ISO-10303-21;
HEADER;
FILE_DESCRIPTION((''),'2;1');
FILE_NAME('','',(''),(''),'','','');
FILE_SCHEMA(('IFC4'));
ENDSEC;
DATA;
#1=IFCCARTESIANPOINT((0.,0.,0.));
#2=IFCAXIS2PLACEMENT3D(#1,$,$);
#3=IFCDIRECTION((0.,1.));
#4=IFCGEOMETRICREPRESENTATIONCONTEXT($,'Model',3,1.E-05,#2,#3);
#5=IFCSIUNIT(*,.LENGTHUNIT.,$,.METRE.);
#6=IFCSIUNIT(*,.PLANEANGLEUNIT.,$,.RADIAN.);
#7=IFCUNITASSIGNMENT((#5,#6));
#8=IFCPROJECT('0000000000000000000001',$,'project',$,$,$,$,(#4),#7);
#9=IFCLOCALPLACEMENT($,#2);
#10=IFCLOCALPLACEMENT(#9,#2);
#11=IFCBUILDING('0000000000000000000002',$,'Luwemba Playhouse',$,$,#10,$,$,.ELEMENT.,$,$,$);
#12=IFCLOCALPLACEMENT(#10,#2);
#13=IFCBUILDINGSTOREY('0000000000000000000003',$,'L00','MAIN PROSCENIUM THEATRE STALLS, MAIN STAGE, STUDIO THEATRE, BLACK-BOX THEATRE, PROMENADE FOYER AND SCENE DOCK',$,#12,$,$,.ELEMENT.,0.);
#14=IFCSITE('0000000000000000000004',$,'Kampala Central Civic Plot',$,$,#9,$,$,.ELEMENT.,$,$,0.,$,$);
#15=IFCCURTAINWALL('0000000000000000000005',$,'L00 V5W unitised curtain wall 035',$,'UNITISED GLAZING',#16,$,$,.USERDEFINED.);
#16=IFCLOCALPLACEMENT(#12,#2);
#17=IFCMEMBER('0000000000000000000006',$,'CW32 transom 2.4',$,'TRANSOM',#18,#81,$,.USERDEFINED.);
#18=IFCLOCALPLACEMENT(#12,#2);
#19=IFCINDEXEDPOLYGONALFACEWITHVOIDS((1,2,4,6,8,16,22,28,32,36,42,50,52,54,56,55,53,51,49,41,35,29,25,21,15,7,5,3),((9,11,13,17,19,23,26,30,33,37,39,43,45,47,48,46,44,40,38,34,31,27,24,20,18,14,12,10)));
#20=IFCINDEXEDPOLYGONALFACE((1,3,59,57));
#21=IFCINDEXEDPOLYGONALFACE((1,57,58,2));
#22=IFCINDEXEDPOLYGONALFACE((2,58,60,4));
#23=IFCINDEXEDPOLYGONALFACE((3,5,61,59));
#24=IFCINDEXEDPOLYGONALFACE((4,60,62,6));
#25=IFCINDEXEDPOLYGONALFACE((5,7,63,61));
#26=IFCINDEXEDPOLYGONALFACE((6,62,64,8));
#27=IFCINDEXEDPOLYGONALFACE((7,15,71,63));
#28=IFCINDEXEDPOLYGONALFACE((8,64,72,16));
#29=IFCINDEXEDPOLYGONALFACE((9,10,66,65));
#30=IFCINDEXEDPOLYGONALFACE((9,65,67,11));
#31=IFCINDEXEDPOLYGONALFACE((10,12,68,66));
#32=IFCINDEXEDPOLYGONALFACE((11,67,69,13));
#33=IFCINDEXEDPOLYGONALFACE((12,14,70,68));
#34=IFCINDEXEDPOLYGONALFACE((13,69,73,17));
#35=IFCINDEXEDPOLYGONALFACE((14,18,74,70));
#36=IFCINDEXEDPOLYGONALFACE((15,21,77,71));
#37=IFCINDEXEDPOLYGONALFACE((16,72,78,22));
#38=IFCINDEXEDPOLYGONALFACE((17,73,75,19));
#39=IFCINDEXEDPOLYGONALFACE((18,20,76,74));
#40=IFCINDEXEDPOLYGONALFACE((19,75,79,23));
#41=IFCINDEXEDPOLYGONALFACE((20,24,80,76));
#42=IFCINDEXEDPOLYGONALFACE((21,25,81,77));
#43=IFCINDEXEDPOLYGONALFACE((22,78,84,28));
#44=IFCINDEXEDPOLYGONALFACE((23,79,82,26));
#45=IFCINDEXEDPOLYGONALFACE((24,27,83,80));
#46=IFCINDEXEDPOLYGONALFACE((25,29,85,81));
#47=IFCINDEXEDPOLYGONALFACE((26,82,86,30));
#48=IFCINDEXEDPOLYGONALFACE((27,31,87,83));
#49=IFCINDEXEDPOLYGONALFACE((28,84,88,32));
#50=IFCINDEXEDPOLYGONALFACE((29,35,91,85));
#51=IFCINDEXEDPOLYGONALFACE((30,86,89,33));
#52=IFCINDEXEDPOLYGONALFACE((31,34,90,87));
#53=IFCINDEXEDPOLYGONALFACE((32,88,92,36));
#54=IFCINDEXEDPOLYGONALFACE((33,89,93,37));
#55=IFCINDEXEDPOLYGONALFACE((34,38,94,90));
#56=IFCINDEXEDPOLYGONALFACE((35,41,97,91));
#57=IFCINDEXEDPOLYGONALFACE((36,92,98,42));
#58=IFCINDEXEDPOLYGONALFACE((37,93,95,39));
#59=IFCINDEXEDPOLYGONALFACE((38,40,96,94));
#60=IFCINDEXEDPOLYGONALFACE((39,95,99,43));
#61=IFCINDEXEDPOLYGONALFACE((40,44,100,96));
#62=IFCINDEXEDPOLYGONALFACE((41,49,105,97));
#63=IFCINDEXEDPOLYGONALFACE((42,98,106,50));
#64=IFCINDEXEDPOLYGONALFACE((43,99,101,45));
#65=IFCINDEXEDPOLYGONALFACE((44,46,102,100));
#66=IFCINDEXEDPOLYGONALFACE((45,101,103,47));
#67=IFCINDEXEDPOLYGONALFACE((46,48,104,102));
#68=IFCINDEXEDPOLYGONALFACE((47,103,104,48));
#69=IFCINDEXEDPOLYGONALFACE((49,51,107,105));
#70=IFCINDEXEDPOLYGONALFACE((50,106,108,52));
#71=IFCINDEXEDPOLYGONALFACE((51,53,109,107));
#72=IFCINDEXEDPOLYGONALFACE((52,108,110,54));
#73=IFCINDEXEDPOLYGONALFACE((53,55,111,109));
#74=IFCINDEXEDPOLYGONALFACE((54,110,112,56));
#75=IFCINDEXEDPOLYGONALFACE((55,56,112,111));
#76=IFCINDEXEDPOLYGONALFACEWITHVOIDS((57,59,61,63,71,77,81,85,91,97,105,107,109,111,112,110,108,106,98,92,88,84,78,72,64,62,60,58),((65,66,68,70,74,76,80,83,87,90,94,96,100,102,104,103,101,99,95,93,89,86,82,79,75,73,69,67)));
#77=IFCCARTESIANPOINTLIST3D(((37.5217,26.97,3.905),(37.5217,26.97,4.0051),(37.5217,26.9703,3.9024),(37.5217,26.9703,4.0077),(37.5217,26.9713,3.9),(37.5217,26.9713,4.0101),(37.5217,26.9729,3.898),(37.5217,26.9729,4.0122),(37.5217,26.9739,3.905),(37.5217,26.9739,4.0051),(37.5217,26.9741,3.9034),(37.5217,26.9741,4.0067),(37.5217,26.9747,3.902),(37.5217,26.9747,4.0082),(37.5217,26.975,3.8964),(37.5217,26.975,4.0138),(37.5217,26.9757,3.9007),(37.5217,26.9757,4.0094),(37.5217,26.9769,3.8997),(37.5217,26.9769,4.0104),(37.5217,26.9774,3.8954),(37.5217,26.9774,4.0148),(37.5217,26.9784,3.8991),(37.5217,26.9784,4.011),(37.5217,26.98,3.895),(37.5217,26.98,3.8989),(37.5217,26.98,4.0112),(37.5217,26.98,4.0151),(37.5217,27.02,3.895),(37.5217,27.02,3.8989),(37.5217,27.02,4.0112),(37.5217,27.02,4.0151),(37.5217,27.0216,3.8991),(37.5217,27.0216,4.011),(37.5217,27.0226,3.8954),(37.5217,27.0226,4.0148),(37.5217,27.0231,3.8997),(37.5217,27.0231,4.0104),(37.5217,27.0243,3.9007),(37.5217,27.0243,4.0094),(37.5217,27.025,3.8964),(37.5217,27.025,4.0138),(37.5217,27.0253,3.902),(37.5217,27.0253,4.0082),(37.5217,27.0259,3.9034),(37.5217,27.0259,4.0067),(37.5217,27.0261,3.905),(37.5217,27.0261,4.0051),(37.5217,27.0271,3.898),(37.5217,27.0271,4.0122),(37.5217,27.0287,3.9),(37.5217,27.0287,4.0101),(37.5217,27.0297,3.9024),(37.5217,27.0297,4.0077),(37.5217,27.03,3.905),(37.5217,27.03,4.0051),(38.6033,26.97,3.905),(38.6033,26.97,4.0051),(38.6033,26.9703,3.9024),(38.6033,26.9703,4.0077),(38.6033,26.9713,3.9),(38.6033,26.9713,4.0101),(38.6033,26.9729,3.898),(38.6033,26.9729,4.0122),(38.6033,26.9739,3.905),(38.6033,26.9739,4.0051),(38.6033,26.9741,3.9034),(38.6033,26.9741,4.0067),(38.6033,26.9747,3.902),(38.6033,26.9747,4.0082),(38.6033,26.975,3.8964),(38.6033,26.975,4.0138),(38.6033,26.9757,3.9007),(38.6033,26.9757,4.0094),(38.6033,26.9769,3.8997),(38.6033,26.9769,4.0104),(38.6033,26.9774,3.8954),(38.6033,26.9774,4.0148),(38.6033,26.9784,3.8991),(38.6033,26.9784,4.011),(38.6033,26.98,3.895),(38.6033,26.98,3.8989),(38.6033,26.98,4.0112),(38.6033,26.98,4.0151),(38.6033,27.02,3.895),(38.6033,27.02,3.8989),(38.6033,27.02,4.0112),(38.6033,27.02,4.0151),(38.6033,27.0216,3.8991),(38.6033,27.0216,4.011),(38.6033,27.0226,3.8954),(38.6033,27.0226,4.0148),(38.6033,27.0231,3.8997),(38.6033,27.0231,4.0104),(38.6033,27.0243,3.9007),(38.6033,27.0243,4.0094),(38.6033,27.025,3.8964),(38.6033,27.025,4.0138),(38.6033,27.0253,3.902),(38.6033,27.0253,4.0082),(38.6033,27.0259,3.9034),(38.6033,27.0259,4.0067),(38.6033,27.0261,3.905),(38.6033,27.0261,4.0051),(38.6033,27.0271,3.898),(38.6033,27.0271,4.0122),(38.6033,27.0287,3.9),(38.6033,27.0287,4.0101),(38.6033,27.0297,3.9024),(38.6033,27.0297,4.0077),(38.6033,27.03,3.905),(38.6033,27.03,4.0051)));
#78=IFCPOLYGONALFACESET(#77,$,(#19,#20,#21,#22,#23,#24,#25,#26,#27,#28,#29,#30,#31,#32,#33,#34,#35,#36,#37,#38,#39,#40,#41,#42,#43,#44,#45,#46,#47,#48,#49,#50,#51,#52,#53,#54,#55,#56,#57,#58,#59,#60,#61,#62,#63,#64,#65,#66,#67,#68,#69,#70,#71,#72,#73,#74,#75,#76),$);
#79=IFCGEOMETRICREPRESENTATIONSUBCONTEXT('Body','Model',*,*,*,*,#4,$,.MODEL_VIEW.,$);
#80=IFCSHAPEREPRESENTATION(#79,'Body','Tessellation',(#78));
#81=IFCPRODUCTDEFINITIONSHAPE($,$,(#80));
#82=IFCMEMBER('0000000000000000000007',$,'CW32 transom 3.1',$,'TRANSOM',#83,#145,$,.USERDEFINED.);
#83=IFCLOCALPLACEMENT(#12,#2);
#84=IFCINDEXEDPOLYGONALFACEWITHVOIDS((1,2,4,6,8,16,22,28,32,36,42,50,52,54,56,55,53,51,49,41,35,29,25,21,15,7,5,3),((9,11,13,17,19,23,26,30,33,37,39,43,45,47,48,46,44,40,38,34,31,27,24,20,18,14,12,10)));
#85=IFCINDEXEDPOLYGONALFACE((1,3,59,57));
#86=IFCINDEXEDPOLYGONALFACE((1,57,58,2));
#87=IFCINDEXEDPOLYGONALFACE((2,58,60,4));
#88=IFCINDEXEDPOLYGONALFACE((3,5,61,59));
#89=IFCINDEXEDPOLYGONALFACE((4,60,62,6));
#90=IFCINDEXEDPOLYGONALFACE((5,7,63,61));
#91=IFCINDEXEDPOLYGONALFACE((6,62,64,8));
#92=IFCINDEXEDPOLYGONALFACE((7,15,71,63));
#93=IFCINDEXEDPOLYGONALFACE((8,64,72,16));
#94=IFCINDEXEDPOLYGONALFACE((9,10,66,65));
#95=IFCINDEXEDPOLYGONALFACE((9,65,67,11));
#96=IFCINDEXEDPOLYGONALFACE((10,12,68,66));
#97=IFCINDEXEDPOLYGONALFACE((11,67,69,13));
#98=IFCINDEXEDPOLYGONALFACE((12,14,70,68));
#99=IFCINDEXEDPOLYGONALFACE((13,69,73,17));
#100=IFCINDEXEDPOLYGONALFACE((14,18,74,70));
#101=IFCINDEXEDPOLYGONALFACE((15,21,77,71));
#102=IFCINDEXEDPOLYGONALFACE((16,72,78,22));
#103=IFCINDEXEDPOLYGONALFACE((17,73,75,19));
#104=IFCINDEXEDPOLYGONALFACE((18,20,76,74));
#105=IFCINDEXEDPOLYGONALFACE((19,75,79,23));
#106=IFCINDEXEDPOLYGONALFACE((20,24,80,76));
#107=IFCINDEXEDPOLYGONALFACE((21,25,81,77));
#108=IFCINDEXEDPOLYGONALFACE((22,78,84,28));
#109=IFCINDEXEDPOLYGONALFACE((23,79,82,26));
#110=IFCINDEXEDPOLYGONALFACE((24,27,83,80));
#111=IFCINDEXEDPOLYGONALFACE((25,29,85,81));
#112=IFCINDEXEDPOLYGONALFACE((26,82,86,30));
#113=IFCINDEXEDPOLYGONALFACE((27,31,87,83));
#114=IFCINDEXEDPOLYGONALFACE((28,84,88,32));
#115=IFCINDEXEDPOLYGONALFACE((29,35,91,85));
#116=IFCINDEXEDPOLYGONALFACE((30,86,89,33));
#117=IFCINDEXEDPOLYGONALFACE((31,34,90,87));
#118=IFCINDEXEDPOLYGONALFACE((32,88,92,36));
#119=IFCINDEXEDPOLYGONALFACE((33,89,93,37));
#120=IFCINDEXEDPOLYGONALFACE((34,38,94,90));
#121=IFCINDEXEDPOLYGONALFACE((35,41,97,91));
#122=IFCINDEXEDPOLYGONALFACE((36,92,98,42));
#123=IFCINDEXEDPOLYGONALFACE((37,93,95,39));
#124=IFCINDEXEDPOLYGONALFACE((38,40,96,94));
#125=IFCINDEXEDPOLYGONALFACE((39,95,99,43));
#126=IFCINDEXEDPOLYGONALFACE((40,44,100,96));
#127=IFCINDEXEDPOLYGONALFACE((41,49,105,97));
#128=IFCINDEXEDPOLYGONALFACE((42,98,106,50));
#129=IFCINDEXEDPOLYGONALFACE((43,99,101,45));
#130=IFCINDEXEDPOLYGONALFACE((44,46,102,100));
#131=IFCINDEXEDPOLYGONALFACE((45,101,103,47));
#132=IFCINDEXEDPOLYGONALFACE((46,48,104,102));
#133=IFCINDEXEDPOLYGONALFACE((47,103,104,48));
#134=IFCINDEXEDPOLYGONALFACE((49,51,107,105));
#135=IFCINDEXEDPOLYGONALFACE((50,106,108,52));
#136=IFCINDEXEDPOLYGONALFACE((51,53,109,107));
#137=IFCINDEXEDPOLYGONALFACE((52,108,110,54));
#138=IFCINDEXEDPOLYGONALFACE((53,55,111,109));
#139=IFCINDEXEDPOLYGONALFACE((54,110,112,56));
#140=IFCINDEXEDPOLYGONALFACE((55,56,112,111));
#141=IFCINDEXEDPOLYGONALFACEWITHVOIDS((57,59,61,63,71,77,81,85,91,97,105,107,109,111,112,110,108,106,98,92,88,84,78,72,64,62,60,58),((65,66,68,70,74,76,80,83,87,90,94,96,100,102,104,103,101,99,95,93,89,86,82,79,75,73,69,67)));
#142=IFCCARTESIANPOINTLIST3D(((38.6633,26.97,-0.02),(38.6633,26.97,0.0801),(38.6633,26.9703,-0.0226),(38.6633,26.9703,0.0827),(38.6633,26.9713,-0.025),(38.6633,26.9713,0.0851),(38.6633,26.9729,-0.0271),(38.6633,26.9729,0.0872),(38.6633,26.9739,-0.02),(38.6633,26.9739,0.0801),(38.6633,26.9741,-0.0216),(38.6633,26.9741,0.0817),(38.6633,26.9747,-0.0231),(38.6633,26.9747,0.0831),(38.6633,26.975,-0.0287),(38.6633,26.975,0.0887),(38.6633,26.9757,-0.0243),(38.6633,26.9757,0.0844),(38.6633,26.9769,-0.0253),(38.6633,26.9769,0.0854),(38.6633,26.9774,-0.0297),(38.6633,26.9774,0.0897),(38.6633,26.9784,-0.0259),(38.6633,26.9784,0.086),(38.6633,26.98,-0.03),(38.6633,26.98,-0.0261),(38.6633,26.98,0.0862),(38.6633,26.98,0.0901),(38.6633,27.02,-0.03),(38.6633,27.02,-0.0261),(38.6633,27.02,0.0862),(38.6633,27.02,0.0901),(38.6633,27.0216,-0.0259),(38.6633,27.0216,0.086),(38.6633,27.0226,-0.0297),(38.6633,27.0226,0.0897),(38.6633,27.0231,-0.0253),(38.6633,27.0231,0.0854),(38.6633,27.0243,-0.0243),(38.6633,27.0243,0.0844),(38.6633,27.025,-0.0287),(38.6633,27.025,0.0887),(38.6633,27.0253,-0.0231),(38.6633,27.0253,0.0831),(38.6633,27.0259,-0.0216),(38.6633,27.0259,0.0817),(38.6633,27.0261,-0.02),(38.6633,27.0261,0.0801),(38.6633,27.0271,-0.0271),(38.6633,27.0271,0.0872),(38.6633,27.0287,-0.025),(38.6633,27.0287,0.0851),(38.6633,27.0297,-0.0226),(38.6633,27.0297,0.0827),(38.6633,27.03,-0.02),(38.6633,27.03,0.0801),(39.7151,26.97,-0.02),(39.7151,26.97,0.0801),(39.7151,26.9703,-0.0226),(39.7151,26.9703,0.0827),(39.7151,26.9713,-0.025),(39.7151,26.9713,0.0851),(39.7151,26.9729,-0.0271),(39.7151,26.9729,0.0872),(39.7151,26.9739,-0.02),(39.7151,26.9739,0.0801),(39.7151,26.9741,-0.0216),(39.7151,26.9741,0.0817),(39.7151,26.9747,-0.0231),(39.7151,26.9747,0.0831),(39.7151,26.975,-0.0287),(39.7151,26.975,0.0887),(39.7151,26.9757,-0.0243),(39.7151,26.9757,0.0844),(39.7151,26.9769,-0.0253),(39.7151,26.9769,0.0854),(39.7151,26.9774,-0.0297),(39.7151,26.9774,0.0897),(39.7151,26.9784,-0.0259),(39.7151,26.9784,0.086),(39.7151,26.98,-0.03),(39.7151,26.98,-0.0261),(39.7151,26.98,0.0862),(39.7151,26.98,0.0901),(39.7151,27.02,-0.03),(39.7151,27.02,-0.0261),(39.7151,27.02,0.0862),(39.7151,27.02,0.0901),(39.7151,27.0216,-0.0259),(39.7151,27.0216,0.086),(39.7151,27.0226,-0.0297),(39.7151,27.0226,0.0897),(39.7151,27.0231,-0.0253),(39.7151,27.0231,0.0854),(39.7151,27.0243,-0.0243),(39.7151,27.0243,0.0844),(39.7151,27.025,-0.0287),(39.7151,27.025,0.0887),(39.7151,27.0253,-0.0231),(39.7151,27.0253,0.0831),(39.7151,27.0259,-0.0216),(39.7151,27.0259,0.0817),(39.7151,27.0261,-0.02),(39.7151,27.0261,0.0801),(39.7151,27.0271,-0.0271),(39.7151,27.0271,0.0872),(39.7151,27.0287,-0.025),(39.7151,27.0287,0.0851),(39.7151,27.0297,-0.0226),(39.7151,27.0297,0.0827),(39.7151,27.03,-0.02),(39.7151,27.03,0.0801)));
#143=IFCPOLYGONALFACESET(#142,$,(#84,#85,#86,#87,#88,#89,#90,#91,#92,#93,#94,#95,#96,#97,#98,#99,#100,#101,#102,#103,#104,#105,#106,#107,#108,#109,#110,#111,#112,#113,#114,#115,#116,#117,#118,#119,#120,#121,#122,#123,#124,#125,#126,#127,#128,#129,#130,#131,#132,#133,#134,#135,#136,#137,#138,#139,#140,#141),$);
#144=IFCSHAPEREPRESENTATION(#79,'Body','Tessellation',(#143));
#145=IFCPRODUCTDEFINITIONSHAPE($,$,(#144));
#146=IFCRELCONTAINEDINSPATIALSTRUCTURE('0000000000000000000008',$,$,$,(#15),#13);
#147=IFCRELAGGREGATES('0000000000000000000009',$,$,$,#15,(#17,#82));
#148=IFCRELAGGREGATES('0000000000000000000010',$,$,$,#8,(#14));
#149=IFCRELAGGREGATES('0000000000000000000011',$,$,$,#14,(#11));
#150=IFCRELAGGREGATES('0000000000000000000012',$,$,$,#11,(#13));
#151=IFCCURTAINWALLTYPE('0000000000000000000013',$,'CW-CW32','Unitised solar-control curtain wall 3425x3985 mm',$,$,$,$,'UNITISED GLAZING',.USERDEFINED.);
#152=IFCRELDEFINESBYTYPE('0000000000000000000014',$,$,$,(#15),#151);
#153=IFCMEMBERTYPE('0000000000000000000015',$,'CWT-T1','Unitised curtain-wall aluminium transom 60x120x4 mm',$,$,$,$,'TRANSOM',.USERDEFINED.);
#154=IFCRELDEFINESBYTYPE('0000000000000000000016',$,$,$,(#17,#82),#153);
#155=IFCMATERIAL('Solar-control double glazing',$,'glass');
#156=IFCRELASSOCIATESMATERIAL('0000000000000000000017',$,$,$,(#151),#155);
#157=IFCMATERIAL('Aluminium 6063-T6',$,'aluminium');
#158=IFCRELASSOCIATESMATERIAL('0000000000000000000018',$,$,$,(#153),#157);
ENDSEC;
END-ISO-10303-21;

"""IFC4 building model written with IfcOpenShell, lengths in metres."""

from ifc_helpers import new_model, si_unit, direction, frame, origin, origin_2d, place, context, subcontext, project, spatial, hollow_rectangle, extrude, material, material_profile, profile_set, type_object, element, aggregate, save


model = new_model("IFC4")

# Units and contexts
model_context = context("Model", 3, precision=1e-05, world=origin(), true_north=direction((0.0, 1.0)))
body_context = subcontext(model_context, "Body", "Model", "MODEL_VIEW")
ifc_project = project(units=[si_unit("LENGTHUNIT", "METRE"), si_unit("PLANEANGLEUNIT", "RADIAN")], contexts=[model_context])

# Site, building, storey
site_placement = place(None, origin())
site = spatial("IfcSite", under=ifc_project, at=site_placement, Name="Kampala Central Civic Plot", CompositionType="ELEMENT", RefElevation=0.0)
building_placement = place(site_placement, origin())
building = spatial("IfcBuilding", under=site, at=building_placement, Name="Luwemba Playhouse", CompositionType="ELEMENT")
storey_placement = place(building_placement, origin())
storey = spatial("IfcBuildingStorey", under=building, at=storey_placement, Name="L00", Description="MAIN PROSCENIUM THEATRE STALLS, MAIN STAGE, STUDIO THEATRE, BLACK-BOX THEATRE, PROMENADE FOYER AND SCENE DOCK", CompositionType="ELEMENT", Elevation=0.0)

# Curtain wall, members
ifc_material_1 = material(Name="Solar-control double glazing", Category="glass")
curtain_wall_type = type_object("IfcCurtainWallType", Name="CW-CW32", Description="Unitised solar-control curtain wall 3425x3985 mm", ElementType="UNITISED GLAZING", PredefinedType="USERDEFINED", material=ifc_material_1)
curtain_wall_placement = place(storey_placement, origin())
curtain_wall = element("IfcCurtainWall", 1, at=curtain_wall_placement, inside=storey, type_object=curtain_wall_type, Name="L00 V5W unitised curtain wall 035", ObjectType="UNITISED GLAZING", PredefinedType="USERDEFINED")
ifc_material_2 = material(Name="Aluminium 6063-T6", Category="aluminium")
ifc_material_profile_1 = material_profile(ifc_material_2, hollow_rectangle(XDim=0.0601, YDim=0.1201, WallThickness=0.0039, InnerFilletRadius=0.0061, OuterFilletRadius=0.01, at=origin_2d()))
ifc_profile_set_1 = profile_set([ifc_material_profile_1], Name="Aluminium 6063-T6")
member_type_1 = type_object("IfcMemberType", Name="CWT-T1", Description="Unitised curtain-wall aluminium transom 60x120x4 mm", ElementType="TRANSOM", PredefinedType="USERDEFINED", material=ifc_profile_set_1)
member_1_placement = place(storey_placement, frame((37.5217, 27.0, 3.9551), z_axis=(1.0, 0.0, 0.0), x_axis=(0.0, 1.0, 0.0)))
member_1 = element("IfcMember", 2, at=member_1_placement, type_object=member_type_1, Name="CW32 transom 2.4", ObjectType="TRANSOM", PredefinedType="USERDEFINED", context=body_context, shape_type="SweptSolid", body=[
    extrude(hollow_rectangle(XDim=0.0601, YDim=0.1201, WallThickness=0.0039, InnerFilletRadius=0.0061, OuterFilletRadius=0.01, at=origin_2d()), origin(), (0.0, 0.0, 1.0), 1.0815),
])
member_2_placement = place(storey_placement, frame((38.6633, 27.0, 0.03), z_axis=(1.0, 0.0, 0.0), x_axis=(0.0, 1.0, 0.0)))
member_2 = element("IfcMember", 3, at=member_2_placement, type_object=member_type_1, Name="CW32 transom 3.1", ObjectType="TRANSOM", PredefinedType="USERDEFINED", context=body_context, shape_type="SweptSolid", body=[
    extrude(hollow_rectangle(XDim=0.0601, YDim=0.1201, WallThickness=0.0039, InnerFilletRadius=0.0061, OuterFilletRadius=0.01, at=origin_2d()), origin(), (0.0, 0.0, 1.0), 1.0518),
])
aggregate(curtain_wall, [member_1, member_2])

save(model, "model.ifc")
